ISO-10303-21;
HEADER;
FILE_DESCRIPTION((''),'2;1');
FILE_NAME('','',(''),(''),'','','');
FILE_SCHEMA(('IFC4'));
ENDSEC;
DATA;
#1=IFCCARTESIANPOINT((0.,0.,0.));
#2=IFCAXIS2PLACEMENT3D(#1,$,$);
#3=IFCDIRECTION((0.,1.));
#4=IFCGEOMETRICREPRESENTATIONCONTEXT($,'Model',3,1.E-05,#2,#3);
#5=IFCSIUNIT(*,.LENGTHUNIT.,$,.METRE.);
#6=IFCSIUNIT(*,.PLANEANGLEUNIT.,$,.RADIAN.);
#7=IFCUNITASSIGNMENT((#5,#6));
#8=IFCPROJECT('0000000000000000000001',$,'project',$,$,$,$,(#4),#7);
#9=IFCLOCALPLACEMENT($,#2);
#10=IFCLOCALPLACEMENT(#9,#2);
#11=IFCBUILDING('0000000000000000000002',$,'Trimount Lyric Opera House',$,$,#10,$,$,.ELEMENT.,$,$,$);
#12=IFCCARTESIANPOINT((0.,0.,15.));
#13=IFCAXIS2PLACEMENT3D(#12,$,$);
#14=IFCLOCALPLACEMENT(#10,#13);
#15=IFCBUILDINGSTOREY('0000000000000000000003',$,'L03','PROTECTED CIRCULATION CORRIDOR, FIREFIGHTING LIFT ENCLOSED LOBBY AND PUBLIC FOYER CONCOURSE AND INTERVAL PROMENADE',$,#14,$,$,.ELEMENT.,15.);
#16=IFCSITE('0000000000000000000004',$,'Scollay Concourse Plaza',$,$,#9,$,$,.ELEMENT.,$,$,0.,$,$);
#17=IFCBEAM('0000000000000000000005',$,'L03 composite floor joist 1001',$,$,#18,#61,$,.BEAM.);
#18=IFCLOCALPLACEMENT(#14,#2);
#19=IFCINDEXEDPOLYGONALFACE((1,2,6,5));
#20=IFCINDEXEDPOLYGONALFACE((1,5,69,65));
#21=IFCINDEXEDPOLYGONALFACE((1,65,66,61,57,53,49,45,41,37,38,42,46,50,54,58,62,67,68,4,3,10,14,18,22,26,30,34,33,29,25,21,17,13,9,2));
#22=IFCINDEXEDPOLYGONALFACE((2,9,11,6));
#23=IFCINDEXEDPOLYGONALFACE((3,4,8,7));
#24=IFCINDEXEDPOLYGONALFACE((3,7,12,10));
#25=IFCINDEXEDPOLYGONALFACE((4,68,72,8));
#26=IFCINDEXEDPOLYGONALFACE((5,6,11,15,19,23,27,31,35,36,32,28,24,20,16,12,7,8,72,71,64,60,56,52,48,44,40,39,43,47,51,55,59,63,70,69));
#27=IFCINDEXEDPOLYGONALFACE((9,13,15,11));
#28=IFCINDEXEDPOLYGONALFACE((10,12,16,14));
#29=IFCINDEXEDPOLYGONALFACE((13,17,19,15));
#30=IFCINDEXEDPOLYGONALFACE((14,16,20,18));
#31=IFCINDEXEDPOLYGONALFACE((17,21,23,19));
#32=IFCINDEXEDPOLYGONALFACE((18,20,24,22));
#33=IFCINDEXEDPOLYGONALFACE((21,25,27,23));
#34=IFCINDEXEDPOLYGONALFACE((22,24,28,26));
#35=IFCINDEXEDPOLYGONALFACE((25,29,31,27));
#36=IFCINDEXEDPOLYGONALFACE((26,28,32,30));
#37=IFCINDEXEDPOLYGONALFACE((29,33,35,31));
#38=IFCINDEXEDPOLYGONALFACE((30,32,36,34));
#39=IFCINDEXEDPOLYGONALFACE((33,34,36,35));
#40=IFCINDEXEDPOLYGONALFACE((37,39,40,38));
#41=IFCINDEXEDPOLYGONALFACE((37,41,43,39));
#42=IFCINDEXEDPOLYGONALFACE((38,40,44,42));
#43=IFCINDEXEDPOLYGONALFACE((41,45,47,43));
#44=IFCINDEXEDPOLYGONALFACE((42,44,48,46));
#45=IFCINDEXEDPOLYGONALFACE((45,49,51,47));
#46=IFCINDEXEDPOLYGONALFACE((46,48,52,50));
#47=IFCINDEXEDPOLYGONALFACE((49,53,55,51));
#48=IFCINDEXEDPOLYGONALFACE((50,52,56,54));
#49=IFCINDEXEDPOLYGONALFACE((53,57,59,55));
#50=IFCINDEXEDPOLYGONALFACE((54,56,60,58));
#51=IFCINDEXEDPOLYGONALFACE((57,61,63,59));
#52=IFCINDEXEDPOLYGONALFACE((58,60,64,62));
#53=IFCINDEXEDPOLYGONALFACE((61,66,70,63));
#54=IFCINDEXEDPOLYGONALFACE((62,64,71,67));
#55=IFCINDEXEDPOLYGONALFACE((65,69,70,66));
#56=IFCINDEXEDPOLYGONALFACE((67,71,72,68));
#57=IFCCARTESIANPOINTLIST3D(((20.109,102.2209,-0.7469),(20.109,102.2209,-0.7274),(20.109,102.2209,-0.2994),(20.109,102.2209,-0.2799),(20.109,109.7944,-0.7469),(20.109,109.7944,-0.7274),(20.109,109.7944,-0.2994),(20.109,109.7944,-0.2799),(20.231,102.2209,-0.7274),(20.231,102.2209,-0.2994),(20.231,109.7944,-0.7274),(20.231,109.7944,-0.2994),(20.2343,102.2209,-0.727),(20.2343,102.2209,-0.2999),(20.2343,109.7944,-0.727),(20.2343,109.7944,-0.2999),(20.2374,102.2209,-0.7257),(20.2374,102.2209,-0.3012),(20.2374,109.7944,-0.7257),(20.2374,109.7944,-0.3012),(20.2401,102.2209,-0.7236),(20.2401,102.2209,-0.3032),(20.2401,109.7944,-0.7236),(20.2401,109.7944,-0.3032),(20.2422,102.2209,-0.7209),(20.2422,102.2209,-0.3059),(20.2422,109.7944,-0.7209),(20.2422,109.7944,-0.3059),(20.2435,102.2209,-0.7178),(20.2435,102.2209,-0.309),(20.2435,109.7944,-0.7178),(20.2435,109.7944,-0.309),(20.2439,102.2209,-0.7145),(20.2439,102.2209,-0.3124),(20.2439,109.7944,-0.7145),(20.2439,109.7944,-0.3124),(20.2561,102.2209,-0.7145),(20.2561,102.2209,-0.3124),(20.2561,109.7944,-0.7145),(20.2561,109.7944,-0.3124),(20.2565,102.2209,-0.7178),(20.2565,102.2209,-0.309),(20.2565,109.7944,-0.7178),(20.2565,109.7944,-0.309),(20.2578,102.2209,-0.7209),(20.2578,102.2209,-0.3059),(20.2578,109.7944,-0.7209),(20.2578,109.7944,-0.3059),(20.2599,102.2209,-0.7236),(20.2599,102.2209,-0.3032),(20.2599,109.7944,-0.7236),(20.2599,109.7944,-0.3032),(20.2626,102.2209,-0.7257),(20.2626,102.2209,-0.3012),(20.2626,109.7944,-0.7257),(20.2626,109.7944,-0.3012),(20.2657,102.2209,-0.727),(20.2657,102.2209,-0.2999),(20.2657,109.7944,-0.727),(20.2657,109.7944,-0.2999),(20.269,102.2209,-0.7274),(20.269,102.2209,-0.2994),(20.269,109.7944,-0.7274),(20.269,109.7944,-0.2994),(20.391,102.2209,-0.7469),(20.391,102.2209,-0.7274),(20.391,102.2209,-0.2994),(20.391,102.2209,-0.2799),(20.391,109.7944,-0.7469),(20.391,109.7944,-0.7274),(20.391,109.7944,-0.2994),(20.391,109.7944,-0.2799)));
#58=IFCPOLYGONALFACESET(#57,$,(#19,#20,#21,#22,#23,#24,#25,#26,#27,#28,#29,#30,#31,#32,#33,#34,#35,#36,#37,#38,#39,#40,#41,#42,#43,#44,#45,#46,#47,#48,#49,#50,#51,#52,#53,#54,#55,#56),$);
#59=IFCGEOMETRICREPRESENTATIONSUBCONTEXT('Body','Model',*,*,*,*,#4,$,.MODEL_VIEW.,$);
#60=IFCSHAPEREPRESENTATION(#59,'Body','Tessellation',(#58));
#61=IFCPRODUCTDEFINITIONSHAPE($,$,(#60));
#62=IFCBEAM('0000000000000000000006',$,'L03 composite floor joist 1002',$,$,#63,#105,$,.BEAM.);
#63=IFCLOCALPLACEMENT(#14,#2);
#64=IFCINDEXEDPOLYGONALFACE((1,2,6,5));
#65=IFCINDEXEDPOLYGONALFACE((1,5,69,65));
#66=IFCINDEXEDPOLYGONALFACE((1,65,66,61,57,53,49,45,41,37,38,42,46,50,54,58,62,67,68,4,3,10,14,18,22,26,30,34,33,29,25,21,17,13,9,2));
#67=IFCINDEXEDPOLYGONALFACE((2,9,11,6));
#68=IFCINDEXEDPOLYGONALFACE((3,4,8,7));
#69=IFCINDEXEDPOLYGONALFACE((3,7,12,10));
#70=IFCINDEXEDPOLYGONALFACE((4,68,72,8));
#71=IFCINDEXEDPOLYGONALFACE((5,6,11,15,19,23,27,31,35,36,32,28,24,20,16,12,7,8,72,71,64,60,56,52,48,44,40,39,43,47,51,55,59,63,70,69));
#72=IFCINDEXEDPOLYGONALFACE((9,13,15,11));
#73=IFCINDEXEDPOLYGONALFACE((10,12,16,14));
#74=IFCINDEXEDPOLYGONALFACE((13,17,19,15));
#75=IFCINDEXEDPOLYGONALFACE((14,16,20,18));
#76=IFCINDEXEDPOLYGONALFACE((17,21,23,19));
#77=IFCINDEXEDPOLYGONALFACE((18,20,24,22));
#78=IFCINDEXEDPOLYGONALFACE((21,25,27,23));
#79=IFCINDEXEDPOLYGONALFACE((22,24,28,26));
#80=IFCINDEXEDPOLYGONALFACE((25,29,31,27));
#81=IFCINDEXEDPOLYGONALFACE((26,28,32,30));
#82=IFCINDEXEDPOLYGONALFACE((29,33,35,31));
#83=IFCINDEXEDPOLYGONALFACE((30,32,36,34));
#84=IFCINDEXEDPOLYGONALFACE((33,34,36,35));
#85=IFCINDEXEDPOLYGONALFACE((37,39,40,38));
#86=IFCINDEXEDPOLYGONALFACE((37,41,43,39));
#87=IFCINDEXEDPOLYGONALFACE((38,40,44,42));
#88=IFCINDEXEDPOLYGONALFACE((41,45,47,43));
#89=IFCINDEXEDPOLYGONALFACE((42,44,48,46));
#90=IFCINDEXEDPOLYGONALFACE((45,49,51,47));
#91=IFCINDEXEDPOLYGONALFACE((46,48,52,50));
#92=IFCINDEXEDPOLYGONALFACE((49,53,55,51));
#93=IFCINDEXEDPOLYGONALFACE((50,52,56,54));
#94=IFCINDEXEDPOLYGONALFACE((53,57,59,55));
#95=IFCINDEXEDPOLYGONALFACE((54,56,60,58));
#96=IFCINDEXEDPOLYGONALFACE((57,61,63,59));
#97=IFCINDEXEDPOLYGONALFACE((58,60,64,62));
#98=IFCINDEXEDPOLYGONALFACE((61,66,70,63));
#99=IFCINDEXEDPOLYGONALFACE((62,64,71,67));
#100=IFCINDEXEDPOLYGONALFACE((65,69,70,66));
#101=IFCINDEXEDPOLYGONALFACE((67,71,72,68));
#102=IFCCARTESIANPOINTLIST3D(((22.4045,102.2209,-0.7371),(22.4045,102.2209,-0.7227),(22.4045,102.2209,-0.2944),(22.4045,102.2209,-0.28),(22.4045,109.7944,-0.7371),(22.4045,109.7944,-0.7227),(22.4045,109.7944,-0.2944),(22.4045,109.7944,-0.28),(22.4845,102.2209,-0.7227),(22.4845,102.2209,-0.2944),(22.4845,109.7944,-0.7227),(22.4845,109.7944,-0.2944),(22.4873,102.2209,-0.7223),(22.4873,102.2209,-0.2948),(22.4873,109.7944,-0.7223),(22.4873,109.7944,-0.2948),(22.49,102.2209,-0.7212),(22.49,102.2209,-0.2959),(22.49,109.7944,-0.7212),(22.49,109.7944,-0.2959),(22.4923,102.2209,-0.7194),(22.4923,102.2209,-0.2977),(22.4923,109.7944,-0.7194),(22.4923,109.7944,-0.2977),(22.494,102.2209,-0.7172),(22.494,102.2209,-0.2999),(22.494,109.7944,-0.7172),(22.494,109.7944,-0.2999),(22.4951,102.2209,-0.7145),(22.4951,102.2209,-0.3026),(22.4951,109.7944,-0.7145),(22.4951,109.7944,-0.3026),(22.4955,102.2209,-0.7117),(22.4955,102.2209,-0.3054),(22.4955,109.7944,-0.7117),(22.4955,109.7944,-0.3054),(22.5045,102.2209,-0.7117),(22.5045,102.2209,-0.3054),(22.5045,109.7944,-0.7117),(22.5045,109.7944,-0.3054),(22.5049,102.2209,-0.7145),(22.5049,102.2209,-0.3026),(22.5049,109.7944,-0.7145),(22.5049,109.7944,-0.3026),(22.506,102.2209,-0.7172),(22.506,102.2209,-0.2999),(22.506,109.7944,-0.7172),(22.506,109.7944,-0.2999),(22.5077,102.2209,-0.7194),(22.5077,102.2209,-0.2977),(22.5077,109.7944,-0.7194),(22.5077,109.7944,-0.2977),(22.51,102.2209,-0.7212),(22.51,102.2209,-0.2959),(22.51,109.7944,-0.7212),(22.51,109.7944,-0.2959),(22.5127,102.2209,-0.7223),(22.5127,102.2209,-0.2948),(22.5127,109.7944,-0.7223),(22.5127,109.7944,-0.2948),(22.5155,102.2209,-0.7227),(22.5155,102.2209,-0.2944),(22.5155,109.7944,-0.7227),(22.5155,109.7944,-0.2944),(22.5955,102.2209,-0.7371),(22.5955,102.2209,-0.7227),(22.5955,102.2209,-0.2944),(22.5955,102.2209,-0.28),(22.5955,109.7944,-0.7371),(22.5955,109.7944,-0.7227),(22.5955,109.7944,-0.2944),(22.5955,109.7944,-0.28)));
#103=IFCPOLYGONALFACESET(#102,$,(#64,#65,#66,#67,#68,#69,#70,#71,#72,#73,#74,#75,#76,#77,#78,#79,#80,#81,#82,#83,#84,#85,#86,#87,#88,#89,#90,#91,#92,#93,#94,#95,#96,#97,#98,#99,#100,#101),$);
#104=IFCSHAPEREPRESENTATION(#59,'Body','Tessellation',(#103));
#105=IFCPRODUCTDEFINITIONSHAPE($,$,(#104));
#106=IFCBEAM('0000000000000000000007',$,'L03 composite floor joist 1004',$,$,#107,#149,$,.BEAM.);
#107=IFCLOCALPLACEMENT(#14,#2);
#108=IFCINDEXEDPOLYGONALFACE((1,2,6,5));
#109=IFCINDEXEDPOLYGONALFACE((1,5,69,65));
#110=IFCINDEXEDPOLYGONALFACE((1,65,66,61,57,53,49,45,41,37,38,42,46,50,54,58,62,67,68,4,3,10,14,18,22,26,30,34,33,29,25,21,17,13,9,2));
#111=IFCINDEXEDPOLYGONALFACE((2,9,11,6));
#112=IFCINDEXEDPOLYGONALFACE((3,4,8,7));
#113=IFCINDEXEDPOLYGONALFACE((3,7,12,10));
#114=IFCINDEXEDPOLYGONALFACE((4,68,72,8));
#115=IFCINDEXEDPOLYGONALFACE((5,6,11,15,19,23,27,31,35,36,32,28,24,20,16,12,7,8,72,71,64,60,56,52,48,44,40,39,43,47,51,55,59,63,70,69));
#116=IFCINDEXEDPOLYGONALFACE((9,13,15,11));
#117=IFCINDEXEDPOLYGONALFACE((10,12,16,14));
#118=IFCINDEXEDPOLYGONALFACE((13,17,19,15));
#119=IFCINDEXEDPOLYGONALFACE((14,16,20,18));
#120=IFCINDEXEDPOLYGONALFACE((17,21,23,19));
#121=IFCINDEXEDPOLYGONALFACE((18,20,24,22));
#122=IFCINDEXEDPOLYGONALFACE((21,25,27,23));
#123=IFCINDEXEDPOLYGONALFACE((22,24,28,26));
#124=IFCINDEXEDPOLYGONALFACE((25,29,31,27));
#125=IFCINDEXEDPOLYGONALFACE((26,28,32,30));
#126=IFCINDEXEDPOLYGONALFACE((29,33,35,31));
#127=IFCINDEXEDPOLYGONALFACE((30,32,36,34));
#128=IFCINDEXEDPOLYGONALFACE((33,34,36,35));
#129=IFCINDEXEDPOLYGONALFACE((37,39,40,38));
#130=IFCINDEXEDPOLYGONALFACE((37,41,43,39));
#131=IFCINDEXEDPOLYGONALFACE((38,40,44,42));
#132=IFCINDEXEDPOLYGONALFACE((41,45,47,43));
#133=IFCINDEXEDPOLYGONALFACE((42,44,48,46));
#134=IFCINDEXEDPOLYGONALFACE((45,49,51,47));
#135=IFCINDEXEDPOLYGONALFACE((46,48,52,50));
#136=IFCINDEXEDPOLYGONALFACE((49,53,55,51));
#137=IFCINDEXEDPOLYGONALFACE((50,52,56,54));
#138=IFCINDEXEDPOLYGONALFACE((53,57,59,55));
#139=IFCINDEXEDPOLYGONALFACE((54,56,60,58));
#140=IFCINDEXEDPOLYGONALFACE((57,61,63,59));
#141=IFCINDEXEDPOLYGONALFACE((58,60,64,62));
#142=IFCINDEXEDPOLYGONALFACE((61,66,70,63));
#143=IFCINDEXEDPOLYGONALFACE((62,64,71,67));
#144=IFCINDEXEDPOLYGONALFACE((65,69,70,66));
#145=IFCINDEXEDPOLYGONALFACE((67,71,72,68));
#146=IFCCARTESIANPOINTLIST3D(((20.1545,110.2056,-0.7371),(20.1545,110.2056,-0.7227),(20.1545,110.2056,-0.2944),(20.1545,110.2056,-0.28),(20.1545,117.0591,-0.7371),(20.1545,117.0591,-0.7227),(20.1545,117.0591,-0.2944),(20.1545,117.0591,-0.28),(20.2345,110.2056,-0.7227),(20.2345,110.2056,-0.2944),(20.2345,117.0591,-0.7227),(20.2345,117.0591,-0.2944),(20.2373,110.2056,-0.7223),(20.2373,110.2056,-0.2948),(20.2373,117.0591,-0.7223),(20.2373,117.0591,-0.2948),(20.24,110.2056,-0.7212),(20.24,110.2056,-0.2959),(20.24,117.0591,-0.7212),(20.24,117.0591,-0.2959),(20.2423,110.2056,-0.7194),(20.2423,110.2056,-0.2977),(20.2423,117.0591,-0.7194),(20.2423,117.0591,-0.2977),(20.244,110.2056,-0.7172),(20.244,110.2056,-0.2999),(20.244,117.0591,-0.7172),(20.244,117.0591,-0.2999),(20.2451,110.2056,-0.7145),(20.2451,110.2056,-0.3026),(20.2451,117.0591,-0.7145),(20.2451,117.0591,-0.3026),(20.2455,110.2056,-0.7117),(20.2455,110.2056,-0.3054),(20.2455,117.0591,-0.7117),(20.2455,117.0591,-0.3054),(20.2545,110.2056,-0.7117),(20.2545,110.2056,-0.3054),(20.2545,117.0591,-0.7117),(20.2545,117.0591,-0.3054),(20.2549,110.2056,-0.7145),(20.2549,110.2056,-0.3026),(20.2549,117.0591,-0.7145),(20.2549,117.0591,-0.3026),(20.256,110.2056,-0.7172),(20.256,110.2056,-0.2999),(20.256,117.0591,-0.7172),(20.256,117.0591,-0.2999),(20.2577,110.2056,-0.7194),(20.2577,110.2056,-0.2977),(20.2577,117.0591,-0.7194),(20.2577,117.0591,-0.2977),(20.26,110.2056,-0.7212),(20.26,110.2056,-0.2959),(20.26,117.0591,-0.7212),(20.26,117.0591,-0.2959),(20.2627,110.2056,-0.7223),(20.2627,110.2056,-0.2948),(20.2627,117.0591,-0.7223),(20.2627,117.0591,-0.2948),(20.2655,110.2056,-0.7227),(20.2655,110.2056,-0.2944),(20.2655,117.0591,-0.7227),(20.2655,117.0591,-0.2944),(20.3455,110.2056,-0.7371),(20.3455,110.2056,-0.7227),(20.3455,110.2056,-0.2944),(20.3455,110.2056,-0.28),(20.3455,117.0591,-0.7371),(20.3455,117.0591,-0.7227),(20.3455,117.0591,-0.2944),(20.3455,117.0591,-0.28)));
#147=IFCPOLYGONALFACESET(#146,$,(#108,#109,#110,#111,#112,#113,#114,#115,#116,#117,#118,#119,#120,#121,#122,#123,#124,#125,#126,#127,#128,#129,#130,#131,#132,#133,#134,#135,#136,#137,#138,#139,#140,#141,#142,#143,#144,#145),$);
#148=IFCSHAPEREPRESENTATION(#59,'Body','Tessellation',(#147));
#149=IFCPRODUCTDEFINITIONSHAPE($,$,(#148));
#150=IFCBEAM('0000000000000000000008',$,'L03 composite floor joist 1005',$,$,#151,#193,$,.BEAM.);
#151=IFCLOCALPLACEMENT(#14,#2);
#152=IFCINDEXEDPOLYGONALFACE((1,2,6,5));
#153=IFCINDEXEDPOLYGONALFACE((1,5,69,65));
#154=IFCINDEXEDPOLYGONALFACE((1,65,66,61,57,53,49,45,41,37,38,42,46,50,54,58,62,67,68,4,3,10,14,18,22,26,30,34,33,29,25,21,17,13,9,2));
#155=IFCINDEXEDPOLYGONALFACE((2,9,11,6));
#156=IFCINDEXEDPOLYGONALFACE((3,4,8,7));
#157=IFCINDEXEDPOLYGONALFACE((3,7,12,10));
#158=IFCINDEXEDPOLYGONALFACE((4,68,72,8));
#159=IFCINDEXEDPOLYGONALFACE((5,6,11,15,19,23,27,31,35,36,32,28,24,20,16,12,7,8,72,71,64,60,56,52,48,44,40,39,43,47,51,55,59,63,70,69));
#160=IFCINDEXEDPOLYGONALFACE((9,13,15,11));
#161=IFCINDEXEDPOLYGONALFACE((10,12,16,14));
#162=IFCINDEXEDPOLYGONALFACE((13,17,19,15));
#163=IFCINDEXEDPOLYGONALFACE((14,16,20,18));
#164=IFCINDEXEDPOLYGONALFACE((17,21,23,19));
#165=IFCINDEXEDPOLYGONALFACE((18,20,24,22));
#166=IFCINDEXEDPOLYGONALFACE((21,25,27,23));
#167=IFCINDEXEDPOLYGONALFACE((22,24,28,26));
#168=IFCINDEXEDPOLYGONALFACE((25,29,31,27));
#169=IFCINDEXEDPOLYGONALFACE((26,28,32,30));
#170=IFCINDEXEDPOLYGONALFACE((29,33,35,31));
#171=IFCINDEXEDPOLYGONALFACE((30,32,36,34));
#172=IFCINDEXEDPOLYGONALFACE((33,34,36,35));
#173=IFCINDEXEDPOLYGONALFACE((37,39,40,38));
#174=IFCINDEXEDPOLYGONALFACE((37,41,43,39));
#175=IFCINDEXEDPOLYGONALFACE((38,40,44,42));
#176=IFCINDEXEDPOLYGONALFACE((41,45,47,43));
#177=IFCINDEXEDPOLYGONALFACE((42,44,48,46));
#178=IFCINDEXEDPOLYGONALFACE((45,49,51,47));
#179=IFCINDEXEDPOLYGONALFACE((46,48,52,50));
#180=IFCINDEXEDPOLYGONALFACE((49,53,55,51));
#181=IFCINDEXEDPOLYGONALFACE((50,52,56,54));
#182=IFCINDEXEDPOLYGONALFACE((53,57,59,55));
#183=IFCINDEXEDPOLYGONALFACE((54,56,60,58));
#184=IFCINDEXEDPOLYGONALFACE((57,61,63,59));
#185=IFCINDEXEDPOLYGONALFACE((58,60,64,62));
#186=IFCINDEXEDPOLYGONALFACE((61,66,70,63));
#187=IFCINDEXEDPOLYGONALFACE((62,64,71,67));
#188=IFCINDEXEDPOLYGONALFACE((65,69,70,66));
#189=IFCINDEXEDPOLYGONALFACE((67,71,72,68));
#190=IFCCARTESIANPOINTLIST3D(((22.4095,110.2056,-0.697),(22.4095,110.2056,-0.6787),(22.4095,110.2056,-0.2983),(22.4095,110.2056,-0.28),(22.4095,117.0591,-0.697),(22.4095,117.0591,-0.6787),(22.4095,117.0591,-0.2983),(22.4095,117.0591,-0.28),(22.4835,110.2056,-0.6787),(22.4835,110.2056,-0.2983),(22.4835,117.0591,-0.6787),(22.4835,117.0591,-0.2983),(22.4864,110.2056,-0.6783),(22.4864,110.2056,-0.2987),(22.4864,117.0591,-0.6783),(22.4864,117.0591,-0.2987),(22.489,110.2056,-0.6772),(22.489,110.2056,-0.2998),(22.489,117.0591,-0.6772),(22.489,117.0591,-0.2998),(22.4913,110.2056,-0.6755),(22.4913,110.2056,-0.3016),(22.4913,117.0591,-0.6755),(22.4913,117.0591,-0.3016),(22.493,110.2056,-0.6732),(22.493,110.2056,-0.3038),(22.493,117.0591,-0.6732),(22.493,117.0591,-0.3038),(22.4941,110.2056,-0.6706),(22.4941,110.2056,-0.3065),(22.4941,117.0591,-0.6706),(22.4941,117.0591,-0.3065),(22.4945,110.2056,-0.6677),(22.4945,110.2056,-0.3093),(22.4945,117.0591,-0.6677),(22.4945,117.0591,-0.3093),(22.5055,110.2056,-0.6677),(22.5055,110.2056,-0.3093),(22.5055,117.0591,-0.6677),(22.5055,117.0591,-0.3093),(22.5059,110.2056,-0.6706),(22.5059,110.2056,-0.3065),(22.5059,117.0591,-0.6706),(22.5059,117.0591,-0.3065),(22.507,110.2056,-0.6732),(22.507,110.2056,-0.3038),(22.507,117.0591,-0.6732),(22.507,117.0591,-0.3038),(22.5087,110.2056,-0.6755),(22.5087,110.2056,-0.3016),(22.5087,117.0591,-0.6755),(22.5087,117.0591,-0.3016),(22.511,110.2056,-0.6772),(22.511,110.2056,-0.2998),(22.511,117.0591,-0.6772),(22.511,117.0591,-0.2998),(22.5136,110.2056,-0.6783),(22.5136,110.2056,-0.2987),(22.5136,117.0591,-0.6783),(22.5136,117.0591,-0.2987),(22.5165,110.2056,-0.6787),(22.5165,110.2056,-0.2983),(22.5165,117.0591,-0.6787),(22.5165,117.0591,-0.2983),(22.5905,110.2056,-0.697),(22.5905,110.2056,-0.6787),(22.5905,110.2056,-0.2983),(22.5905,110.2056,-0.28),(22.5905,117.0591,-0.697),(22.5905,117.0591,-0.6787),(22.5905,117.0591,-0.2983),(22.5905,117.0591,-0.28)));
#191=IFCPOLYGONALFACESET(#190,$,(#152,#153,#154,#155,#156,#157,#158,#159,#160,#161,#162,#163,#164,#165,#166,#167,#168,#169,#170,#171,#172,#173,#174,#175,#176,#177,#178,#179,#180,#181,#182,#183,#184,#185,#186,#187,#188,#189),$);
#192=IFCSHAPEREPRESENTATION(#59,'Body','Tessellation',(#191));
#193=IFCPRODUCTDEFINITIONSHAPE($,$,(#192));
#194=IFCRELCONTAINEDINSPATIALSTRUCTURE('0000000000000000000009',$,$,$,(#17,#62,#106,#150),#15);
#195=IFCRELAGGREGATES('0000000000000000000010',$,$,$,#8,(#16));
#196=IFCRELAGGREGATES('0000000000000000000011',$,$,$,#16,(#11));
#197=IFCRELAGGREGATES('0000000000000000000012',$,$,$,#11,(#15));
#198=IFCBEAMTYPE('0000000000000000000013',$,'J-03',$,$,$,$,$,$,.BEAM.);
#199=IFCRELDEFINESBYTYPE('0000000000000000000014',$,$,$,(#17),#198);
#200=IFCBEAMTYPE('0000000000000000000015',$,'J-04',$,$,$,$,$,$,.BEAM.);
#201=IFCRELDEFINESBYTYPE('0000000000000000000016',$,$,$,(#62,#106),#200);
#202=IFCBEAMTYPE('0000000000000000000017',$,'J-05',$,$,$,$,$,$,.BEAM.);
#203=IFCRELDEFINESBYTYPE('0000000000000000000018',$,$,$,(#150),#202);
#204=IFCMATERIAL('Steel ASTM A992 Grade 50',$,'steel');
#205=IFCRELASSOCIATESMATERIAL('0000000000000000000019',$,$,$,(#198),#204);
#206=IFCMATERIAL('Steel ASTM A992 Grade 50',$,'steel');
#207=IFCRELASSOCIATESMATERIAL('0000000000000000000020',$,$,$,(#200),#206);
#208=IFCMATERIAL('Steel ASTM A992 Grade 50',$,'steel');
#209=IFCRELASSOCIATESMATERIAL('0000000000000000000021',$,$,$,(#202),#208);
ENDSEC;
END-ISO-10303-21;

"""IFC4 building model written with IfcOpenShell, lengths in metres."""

from ifc_helpers import new_model, si_unit, direction, frame, origin, origin_2d, place, context, subcontext, project, spatial, i_section, extrude, material, material_profile, profile_set, type_object, element, save


model = new_model("IFC4")

# Units and contexts
model_context = context("Model", 3, precision=1e-05, world=origin(), true_north=direction((0.0, 1.0)))
body_context = subcontext(model_context, "Body", "Model", "MODEL_VIEW")
ifc_project = project(units=[si_unit("LENGTHUNIT", "METRE"), si_unit("PLANEANGLEUNIT", "RADIAN")], contexts=[model_context])

# Site, building, storey
site_placement = place(None, origin())
site = spatial("IfcSite", under=ifc_project, at=site_placement, Name="Scollay Concourse Plaza", CompositionType="ELEMENT", RefElevation=0.0)
building_placement = place(site_placement, origin())
building = spatial("IfcBuilding", under=site, at=building_placement, Name="Trimount Lyric Opera House", CompositionType="ELEMENT")
storey_placement = place(building_placement, frame((0.0, 0.0, 15.0)))
storey = spatial("IfcBuildingStorey", under=building, at=storey_placement, Name="L03", Description="PROTECTED CIRCULATION CORRIDOR, FIREFIGHTING LIFT ENCLOSED LOBBY AND PUBLIC FOYER CONCOURSE AND INTERVAL PROMENADE", CompositionType="ELEMENT", Elevation=15.0)

# Beams
ifc_material_1 = material(Name="Steel ASTM A992 Grade 50", Category="steel")
ifc_material_profile_1 = material_profile(ifc_material_1, i_section(OverallWidth=0.282, OverallDepth=0.467, WebThickness=0.0122, FlangeThickness=0.0195, FilletRadius=0.0129, at=origin_2d()), Name="W18X86")
ifc_profile_set_1 = profile_set([ifc_material_profile_1], Name="Steel ASTM A992 Grade 50")
beam_type_1 = type_object("IfcBeamType", Name="J-03", PredefinedType="BEAM", material=ifc_profile_set_1)
beam_1_placement = place(storey_placement, frame((20.25, 102.2209, -0.5134), z_axis=(0.0, 1.0, 0.0), x_axis=(-1.0, 0.0, 0.0)))
element("IfcBeam", 1, at=beam_1_placement, inside=storey, type_object=beam_type_1, Name="L03 composite floor joist 1001", PredefinedType="BEAM", context=body_context, shape_type="SweptSolid", body=[
    extrude(i_section(OverallWidth=0.282, OverallDepth=0.467, WebThickness=0.0122, FlangeThickness=0.0195, FilletRadius=0.0129, at=origin_2d()), origin(), (0.0, 0.0, 1.0), 7.5735),
])
ifc_material_2 = material(Name="Steel ASTM A992 Grade 50", Category="steel")
ifc_material_profile_2 = material_profile(ifc_material_2, i_section(OverallWidth=0.1909, OverallDepth=0.457, WebThickness=0.009, FlangeThickness=0.0144, FilletRadius=0.011, at=origin_2d()), Name="W18X50")
ifc_profile_set_2 = profile_set([ifc_material_profile_2], Name="Steel ASTM A992 Grade 50")
beam_type_2 = type_object("IfcBeamType", Name="J-04", PredefinedType="BEAM", material=ifc_profile_set_2)
beam_2_placement = place(storey_placement, frame((22.5, 102.2209, -0.5085), z_axis=(0.0, 1.0, 0.0), x_axis=(-1.0, 0.0, 0.0)))
element("IfcBeam", 2, at=beam_2_placement, inside=storey, type_object=beam_type_2, Name="L03 composite floor joist 1002", PredefinedType="BEAM", context=body_context, shape_type="SweptSolid", body=[
    extrude(i_section(OverallWidth=0.1909, OverallDepth=0.457, WebThickness=0.009, FlangeThickness=0.0144, FilletRadius=0.011, at=origin_2d()), origin(), (0.0, 0.0, 1.0), 7.5735),
])
beam_3_placement = place(storey_placement, frame((20.25, 110.2056, -0.5085), z_axis=(0.0, 1.0, 0.0), x_axis=(-1.0, 0.0, 0.0)))
element("IfcBeam", 3, at=beam_3_placement, inside=storey, type_object=beam_type_2, Name="L03 composite floor joist 1004", PredefinedType="BEAM", context=body_context, shape_type="SweptSolid", body=[
    extrude(i_section(OverallWidth=0.1909, OverallDepth=0.457, WebThickness=0.009, FlangeThickness=0.0144, FilletRadius=0.011, at=origin_2d()), origin(), (0.0, 0.0, 1.0), 6.8535),
])
ifc_material_3 = material(Name="Steel ASTM A992 Grade 50", Category="steel")
ifc_material_profile_3 = material_profile(ifc_material_3, i_section(OverallWidth=0.1809, OverallDepth=0.417, WebThickness=0.011, FlangeThickness=0.0183, FilletRadius=0.011, at=origin_2d()), Name="W16X57")
ifc_profile_set_3 = profile_set([ifc_material_profile_3], Name="Steel ASTM A992 Grade 50")
beam_type_3 = type_object("IfcBeamType", Name="J-05", PredefinedType="BEAM", material=ifc_profile_set_3)
beam_4_placement = place(storey_placement, frame((22.5, 110.2056, -0.4885), z_axis=(0.0, 1.0, 0.0), x_axis=(-1.0, 0.0, 0.0)))
element("IfcBeam", 4, at=beam_4_placement, inside=storey, type_object=beam_type_3, Name="L03 composite floor joist 1005", PredefinedType="BEAM", context=body_context, shape_type="SweptSolid", body=[
    extrude(i_section(OverallWidth=0.1809, OverallDepth=0.417, WebThickness=0.011, FlangeThickness=0.0183, FilletRadius=0.011, at=origin_2d()), origin(), (0.0, 0.0, 1.0), 6.8535),
])

save(model, "model.ifc")
